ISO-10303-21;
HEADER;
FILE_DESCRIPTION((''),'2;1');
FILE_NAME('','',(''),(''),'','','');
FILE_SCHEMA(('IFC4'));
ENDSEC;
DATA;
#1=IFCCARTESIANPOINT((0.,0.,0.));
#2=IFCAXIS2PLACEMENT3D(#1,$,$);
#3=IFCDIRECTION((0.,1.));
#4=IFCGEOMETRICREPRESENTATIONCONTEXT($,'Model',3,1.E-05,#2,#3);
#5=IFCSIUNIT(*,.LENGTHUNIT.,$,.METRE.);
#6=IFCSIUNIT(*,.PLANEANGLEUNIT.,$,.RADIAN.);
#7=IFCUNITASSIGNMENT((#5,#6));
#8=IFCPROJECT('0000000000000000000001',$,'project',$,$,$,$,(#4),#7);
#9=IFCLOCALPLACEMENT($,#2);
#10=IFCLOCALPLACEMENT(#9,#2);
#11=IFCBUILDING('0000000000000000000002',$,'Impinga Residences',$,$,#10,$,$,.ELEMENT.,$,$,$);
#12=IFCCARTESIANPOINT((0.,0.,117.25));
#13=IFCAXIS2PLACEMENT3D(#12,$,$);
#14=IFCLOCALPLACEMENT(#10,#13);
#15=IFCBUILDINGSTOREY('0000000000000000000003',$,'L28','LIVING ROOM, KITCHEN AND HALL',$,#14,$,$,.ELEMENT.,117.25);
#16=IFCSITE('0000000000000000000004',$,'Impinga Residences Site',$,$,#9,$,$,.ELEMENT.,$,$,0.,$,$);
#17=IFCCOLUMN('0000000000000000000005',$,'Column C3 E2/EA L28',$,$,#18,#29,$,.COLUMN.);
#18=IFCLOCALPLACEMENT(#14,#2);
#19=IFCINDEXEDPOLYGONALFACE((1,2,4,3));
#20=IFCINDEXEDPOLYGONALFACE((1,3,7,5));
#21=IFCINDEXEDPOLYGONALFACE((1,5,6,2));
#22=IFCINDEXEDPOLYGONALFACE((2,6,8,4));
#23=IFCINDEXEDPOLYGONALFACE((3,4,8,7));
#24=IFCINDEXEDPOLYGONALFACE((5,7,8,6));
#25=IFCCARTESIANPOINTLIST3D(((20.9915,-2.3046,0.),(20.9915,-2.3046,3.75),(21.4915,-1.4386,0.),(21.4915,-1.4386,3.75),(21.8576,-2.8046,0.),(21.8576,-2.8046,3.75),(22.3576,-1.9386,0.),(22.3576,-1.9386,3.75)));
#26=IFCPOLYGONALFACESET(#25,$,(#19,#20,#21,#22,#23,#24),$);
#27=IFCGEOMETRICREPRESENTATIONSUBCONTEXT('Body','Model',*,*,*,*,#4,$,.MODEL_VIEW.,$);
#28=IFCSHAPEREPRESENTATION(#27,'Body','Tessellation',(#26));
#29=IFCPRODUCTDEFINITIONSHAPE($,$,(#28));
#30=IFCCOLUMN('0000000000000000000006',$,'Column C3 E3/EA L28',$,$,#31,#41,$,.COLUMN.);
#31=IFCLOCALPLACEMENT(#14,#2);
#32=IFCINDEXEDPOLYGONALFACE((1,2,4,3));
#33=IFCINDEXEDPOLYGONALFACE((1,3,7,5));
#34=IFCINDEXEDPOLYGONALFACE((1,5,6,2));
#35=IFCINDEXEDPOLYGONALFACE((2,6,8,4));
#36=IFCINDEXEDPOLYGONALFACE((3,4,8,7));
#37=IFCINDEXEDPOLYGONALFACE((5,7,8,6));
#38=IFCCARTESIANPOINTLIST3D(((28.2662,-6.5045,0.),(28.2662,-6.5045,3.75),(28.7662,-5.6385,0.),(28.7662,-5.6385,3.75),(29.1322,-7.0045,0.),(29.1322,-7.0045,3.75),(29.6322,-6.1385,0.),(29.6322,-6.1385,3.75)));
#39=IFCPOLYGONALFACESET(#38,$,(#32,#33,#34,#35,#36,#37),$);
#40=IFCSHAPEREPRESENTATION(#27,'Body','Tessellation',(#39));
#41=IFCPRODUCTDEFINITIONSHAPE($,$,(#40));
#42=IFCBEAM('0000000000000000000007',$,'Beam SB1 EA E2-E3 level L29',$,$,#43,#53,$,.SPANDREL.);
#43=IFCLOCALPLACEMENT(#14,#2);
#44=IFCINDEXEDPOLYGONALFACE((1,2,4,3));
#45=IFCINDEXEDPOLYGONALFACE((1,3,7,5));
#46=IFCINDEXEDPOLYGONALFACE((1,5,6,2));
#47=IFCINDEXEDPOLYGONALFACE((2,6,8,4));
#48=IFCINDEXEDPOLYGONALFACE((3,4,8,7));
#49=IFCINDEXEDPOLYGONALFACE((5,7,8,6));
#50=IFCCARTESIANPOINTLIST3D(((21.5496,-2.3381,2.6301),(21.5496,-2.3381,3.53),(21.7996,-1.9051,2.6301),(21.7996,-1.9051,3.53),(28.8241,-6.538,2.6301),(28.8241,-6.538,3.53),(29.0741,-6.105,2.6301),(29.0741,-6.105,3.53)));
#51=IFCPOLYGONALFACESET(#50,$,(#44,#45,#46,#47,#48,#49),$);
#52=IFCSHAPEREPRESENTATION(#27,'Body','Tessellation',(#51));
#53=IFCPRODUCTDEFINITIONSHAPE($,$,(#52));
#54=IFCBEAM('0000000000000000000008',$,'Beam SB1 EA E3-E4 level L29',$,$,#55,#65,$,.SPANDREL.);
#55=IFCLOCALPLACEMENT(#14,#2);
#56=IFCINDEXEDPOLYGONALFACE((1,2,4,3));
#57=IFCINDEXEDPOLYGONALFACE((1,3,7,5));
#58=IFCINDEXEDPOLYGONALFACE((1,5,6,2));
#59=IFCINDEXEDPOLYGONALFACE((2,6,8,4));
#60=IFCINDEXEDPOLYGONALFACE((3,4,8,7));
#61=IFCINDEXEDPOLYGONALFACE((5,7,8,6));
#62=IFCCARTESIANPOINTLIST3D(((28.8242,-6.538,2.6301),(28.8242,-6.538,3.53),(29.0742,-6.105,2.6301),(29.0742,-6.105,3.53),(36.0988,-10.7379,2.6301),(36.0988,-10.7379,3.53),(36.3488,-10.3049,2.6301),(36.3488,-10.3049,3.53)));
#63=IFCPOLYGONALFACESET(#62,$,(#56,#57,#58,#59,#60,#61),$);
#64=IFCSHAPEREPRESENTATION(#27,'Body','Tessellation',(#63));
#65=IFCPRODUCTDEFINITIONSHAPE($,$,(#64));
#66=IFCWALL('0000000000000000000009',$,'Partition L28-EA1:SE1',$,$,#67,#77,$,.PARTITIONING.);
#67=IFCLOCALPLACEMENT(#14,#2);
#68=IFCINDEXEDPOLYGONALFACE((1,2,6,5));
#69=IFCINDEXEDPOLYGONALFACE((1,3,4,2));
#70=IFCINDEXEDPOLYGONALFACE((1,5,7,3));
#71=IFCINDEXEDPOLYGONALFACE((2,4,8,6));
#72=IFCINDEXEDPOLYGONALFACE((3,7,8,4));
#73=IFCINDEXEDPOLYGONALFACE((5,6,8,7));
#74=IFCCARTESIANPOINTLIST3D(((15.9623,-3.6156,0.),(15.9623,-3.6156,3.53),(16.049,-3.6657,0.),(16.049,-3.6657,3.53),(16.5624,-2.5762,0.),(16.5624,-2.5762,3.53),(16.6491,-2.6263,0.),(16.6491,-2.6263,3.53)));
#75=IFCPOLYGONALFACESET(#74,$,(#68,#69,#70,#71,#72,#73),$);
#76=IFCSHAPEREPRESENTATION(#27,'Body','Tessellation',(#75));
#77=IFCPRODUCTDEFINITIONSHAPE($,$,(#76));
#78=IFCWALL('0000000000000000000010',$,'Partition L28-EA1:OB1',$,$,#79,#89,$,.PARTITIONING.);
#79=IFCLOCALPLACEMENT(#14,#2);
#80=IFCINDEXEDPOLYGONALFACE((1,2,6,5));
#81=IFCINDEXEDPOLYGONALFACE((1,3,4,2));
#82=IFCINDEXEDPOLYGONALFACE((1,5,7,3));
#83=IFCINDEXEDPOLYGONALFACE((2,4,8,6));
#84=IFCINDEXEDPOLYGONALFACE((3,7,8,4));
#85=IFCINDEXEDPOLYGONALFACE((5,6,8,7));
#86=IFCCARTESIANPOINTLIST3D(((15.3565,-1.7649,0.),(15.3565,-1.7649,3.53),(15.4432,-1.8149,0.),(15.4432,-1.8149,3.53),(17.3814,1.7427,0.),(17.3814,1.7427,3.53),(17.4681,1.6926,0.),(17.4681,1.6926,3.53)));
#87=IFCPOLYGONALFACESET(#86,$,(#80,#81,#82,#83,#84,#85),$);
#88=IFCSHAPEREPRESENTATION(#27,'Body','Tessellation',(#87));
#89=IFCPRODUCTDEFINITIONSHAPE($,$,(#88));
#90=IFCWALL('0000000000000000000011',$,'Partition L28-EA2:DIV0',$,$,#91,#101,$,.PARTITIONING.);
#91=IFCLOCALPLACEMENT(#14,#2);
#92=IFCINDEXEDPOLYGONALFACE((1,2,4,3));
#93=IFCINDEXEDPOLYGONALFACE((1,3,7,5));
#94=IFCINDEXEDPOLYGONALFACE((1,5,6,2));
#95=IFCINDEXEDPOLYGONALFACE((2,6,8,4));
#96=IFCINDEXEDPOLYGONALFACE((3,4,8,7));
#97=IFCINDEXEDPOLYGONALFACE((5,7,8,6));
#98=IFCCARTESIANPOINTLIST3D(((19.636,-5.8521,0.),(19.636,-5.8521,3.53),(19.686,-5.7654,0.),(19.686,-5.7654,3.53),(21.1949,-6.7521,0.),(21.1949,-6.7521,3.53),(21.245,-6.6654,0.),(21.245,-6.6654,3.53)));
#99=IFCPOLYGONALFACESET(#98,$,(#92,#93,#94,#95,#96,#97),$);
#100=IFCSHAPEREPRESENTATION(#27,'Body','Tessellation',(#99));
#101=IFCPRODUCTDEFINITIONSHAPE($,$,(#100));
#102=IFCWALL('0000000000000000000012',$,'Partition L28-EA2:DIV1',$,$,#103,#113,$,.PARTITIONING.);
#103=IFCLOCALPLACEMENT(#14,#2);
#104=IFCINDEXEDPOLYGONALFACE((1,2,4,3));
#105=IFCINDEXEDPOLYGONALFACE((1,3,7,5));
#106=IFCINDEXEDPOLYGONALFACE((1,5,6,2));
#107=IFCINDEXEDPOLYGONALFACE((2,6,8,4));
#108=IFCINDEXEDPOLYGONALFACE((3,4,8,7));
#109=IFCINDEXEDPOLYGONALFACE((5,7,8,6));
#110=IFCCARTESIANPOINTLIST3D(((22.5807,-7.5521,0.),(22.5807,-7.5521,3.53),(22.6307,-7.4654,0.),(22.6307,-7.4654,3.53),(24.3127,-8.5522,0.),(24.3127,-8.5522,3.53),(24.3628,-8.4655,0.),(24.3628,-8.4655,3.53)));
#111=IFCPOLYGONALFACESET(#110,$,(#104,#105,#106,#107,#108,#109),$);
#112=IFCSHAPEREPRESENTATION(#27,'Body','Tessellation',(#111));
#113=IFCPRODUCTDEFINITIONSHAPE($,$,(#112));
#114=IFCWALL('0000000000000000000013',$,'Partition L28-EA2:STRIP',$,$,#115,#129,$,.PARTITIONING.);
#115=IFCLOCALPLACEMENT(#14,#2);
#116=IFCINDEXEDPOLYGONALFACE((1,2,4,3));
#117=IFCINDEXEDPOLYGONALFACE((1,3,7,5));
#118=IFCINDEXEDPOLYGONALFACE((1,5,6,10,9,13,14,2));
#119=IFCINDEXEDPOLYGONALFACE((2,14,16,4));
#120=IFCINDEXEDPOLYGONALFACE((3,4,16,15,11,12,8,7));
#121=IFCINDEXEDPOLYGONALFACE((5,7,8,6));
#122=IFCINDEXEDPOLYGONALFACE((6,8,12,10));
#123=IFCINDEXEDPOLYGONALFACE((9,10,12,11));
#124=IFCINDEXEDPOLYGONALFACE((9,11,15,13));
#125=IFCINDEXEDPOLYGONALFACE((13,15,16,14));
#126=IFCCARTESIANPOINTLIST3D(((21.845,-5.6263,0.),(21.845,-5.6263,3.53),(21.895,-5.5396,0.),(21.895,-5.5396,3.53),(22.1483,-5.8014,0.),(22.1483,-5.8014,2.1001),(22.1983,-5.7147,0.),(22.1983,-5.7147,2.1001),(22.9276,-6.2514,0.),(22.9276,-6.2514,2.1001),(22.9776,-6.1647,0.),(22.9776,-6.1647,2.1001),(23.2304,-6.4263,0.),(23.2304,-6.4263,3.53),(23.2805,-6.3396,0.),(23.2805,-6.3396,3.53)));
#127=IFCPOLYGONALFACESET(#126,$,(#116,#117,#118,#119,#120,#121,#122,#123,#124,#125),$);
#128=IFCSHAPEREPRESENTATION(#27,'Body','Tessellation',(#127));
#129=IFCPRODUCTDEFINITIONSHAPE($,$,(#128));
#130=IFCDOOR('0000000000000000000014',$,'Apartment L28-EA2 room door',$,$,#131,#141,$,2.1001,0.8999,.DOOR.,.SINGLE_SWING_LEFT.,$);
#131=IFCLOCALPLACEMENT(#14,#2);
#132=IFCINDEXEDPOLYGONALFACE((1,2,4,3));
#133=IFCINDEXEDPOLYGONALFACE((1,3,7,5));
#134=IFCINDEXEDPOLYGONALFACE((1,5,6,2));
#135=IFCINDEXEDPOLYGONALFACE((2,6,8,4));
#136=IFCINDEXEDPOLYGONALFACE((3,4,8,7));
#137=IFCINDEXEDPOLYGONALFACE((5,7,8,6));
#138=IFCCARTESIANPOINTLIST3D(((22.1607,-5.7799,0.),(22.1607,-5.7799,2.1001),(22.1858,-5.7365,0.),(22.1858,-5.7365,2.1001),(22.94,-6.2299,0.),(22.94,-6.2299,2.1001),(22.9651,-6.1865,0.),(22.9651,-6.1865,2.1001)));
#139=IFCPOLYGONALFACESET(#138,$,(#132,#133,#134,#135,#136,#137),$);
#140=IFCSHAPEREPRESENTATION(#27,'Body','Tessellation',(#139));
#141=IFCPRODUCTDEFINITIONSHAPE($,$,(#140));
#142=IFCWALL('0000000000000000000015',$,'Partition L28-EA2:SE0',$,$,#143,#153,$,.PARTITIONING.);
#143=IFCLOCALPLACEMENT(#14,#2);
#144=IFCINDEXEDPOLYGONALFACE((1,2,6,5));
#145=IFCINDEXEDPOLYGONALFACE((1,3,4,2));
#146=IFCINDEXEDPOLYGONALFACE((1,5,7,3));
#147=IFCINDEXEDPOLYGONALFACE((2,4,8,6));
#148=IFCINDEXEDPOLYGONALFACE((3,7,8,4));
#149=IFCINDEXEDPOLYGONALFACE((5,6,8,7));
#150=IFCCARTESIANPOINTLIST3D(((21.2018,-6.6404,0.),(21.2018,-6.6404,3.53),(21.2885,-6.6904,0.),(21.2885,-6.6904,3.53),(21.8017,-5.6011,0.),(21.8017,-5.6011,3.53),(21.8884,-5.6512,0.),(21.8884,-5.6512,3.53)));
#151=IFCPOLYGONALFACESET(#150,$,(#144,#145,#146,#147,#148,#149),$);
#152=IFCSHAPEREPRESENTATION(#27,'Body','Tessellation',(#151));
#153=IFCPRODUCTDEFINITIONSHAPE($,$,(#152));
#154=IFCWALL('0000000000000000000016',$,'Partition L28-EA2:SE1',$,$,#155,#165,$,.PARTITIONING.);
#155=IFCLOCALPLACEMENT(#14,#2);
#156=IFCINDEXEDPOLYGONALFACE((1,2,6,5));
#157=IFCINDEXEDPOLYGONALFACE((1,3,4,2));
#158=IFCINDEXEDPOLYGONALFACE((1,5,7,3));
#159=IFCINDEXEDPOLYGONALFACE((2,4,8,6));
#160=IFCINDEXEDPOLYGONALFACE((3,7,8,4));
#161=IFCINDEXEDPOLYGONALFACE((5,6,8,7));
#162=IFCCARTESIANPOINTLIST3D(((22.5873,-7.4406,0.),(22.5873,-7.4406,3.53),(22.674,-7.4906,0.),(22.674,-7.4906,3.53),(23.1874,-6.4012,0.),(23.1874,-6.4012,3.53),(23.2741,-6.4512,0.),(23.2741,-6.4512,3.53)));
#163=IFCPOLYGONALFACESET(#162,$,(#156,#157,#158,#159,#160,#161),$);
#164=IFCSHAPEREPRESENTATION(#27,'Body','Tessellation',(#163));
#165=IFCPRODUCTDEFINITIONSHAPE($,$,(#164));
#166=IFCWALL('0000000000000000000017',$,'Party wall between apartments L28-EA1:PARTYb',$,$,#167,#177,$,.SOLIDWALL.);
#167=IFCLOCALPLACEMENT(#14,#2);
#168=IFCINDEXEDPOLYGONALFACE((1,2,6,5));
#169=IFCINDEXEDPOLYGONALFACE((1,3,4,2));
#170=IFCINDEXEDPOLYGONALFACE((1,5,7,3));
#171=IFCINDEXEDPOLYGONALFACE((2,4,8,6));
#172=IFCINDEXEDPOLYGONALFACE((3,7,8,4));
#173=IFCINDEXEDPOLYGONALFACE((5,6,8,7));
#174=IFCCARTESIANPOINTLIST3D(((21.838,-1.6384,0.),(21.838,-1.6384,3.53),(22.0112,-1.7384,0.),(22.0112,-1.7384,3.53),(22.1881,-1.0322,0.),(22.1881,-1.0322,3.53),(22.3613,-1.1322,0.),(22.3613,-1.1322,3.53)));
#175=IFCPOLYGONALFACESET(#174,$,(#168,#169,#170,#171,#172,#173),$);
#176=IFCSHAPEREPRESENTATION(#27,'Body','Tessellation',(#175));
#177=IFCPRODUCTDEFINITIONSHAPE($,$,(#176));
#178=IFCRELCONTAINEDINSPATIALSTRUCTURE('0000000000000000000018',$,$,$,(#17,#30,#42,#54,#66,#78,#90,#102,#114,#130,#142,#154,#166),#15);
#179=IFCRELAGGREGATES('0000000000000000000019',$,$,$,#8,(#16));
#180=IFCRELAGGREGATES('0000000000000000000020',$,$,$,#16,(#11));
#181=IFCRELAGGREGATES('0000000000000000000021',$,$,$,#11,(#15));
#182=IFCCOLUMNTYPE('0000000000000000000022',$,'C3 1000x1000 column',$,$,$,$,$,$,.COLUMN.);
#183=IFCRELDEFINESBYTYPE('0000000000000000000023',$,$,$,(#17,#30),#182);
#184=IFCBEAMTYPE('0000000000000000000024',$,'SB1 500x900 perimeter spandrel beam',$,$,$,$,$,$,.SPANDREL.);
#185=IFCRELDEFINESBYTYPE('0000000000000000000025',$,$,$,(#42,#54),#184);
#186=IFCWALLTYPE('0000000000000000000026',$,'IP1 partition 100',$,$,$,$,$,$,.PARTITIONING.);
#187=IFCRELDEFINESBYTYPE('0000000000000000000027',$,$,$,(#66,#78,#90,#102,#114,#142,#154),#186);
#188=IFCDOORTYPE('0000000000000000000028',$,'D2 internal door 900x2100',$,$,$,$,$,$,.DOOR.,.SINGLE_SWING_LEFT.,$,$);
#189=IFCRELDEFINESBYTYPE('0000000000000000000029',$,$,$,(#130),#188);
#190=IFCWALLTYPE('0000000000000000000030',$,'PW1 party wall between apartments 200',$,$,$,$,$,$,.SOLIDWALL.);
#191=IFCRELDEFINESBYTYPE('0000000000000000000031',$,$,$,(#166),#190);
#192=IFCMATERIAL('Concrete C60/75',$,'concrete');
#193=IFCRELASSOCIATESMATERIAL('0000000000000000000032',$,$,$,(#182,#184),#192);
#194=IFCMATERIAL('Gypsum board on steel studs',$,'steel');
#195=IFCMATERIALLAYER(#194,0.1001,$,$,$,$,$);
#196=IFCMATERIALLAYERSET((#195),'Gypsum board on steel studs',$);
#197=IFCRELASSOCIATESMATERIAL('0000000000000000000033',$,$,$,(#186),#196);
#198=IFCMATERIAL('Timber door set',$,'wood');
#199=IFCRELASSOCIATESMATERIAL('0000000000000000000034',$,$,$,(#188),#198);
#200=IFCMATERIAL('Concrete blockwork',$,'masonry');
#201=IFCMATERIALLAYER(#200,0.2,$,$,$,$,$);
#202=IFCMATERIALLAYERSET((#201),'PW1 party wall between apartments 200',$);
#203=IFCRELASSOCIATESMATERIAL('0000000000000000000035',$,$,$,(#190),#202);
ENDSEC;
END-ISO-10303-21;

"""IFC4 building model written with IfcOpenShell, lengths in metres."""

from ifc_helpers import new_model, si_unit, direction, frame, frame_2d, origin, origin_2d, place, context, subcontext, project, spatial, rectangle, extrude, material, layer, layer_set, material_profile, profile_set, type_object, element, fill, save


model = new_model("IFC4")

# Units and contexts
model_context = context("Model", 3, precision=1e-05, world=origin(), true_north=direction((0.0, 1.0)))
body_context = subcontext(model_context, "Body", "Model", "MODEL_VIEW")
ifc_project = project(units=[si_unit("LENGTHUNIT", "METRE"), si_unit("PLANEANGLEUNIT", "RADIAN")], contexts=[model_context])

# Site, building, storey
site_placement = place(None, origin())
site = spatial("IfcSite", under=ifc_project, at=site_placement, Name="Impinga Residences Site", CompositionType="ELEMENT", RefElevation=0.0)
building_placement = place(site_placement, origin())
building = spatial("IfcBuilding", under=site, at=building_placement, Name="Impinga Residences", CompositionType="ELEMENT")
storey_placement = place(building_placement, frame((0.0, 0.0, 117.25)))
storey = spatial("IfcBuildingStorey", under=building, at=storey_placement, Name="L28", Description="LIVING ROOM, KITCHEN AND HALL", CompositionType="ELEMENT", Elevation=117.25)

# Columns
ifc_material_1 = material(Name="Concrete C60/75", Category="concrete")
ifc_material_profile_1 = material_profile(ifc_material_1, rectangle(XDim=1.0, YDim=1.0, at=origin_2d()), Name="RC 1000x1000")
ifc_profile_set_1 = profile_set([ifc_material_profile_1], Name="Concrete C60/75")
column_type = type_object("IfcColumnType", Name="C3 1000x1000 column", PredefinedType="COLUMN", material=ifc_profile_set_1)
for number, where, z_axis, x_axis, name in (
    (1, (21.6746, -2.1216, 0.0), (0.0, 0.0, 1.0), (-0.5, -0.866025, 0.0), "Column C3 E2/EA L28"),
    (2, (28.9492, -6.3215, 0.0), (0.0, 0.0, 1.0), (-0.5, -0.866025, 0.0), "Column C3 E3/EA L28"),
):
    element("IfcColumn", number, at=place(storey_placement, frame(where, z_axis=z_axis, x_axis=x_axis)), inside=storey, type_object=column_type, Name=name, PredefinedType="COLUMN", context=body_context, shape_type="SweptSolid", body=[
        extrude(rectangle(XDim=1.0, YDim=1.0, at=origin_2d()), origin(), (0.0, 0.0, 1.0), 3.75),
    ])

# Beams
ifc_material_profile_2 = material_profile(ifc_material_1, rectangle(XDim=0.5, YDim=0.8999, at=origin_2d()), Name="RC 500x900")
ifc_profile_set_2 = profile_set([ifc_material_profile_2], Name="Concrete C60/75")
beam_type = type_object("IfcBeamType", Name="SB1 500x900 perimeter spandrel beam", PredefinedType="SPANDREL", material=ifc_profile_set_2)
for number, where, z_axis, x_axis, name in (
    (3, (21.6746, -2.1216, 3.0801), (0.866029, -0.499993, 0.0), (0.499993, 0.866029, 0.0), "Beam SB1 EA E2-E3 level L29"),
    (4, (28.9492, -6.3215, 3.0801), (0.866029, -0.499993, 0.0), (0.499993, 0.866029, 0.0), "Beam SB1 EA E3-E4 level L29"),
):
    element("IfcBeam", number, at=place(storey_placement, frame(where, z_axis=z_axis, x_axis=x_axis)), inside=storey, type_object=beam_type, Name=name, PredefinedType="SPANDREL", context=body_context, shape_type="SweptSolid", body=[
        extrude(rectangle(XDim=0.5, YDim=0.8999, at=origin_2d()), origin(), (0.0, 0.0, 1.0), 8.3999),
    ])

# Walls
ifc_material_2 = material(Name="Gypsum board on steel studs", Category="steel")
ifc_layer_1 = layer(ifc_material_2, 0.1001)
ifc_layer_set_1 = layer_set([ifc_layer_1], Name="Gypsum board on steel studs")
wall_type_1 = type_object("IfcWallType", Name="IP1 partition 100", PredefinedType="PARTITIONING", material=ifc_layer_set_1)
wall_1_placement = place(storey_placement, frame((16.0056, -3.6406, 0.0), z_axis=(0.0, 0.0, 1.0), x_axis=(0.500034, 0.866006, 0.0)))
element("IfcWall", 5, at=wall_1_placement, inside=storey, type_object=wall_type_1, Name="Partition L28-EA1:SE1", PredefinedType="PARTITIONING", context=body_context, shape_type="SweptSolid", body=[
    extrude(rectangle(XDim=1.2002, YDim=0.1001, at=frame_2d((0.6001, 0.0))), origin(), (0.0, 0.0, 1.0), 3.53),
])
wall_2_placement = place(storey_placement, frame((15.3999, -1.7898, 0.0), z_axis=(0.0, 0.0, 1.0), x_axis=(0.499964, 0.866046, 0.0)))
element("IfcWall", 6, at=wall_2_placement, inside=storey, type_object=wall_type_1, Name="Partition L28-EA1:OB1", PredefinedType="PARTITIONING", context=body_context, shape_type="SweptSolid", body=[
    extrude(rectangle(XDim=4.05, YDim=0.1001, at=frame_2d((2.0249, 0.0))), origin(), (0.0, 0.0, 1.0), 3.53),
])
wall_3_placement = place(storey_placement, frame((19.6611, -5.8088, 0.0), z_axis=(0.0, 0.0, 1.0), x_axis=(0.866048, -0.499961, 0.0)))
element("IfcWall", 7, at=wall_3_placement, inside=storey, type_object=wall_type_1, Name="Partition L28-EA2:DIV0", PredefinedType="PARTITIONING", context=body_context, shape_type="SweptSolid", body=[
    extrude(rectangle(XDim=1.8, YDim=0.1001, at=frame_2d((0.8999, 0.0))), origin(), (0.0, 0.0, 1.0), 3.53),
])
wall_4_placement = place(storey_placement, frame((22.6057, -7.5088, 0.0), z_axis=(0.0, 0.0, 1.0), x_axis=(0.866011, -0.500025, 0.0)))
element("IfcWall", 8, at=wall_4_placement, inside=storey, type_object=wall_type_1, Name="Partition L28-EA2:DIV1", PredefinedType="PARTITIONING", context=body_context, shape_type="SweptSolid", body=[
    extrude(rectangle(XDim=2.0, YDim=0.1001, at=frame_2d((1.0, 0.0))), origin(), (0.0, 0.0, 1.0), 3.53),
])

# Wall, opening, door
wall_5_placement = place(storey_placement, frame((21.8701, -5.583, 0.0), z_axis=(0.0, 0.0, 1.0), x_axis=(0.86599, -0.500061, 0.0)))
wall_5 = element("IfcWall", 9, at=wall_5_placement, inside=storey, type_object=wall_type_1, Name="Partition L28-EA2:STRIP", PredefinedType="PARTITIONING", context=body_context, shape_type="SweptSolid", body=[
    extrude(rectangle(XDim=1.5999, YDim=0.1001, at=frame_2d((0.7998, 0.0))), origin(), (0.0, 0.0, 1.0), 3.53),
])
opening_placement = place(wall_5_placement, frame((0.3501, 0.0, 0.0)))
opening = element("IfcOpeningElement", 10, at=opening_placement, cuts=wall_5, PredefinedType="OPENING", context=body_context, shape_type="SweptSolid", body=[
    extrude(rectangle(XDim=0.8999, YDim=2.1001, at=frame_2d((0.45, 1.05))), frame((0.0, 0.0601, 0.0), z_axis=(0.0, -1.0, 0.0), x_axis=(1.0, 0.0, 0.0)), (0.0, 0.0, 1.0), 0.1201),
])
ifc_material_3 = material(Name="Timber door set", Category="wood")
door_type = type_object("IfcDoorType", Name="D2 internal door 900x2100", OperationType="SINGLE_SWING_LEFT", PredefinedType="DOOR", material=ifc_material_3)
door_placement = place(opening_placement, origin())
door = element("IfcDoor", 11, at=door_placement, inside=storey, type_object=door_type, Name="Apartment L28-EA2 room door", OperationType="SINGLE_SWING_LEFT", OverallHeight=2.1001, OverallWidth=0.8999, PredefinedType="DOOR", context=body_context, shape_type="SweptSolid", body=[
    extrude(rectangle(XDim=0.8999, YDim=2.1001, at=frame_2d((0.45, 1.05))), frame((0.0, 0.0249, 0.0), z_axis=(0.0, -1.0, 0.0), x_axis=(1.0, 0.0, 0.0)), (0.0, 0.0, 1.0), 0.05),
])
fill(opening, door)

# Walls
wall_6_placement = place(storey_placement, frame((21.2451, -6.6655, 0.0), z_axis=(0.0, 0.0, 1.0), x_axis=(0.499881, 0.866094, 0.0)))
element("IfcWall", 12, at=wall_6_placement, inside=storey, type_object=wall_type_1, Name="Partition L28-EA2:SE0", PredefinedType="PARTITIONING", context=body_context, shape_type="SweptSolid", body=[
    extrude(rectangle(XDim=1.2, YDim=0.1001, at=frame_2d((0.6001, 0.0))), origin(), (0.0, 0.0, 1.0), 3.53),
])
wall_7_placement = place(storey_placement, frame((22.6306, -7.4656, 0.0), z_axis=(0.0, 0.0, 1.0), x_axis=(0.500034, 0.866006, 0.0)))
element("IfcWall", 13, at=wall_7_placement, inside=storey, type_object=wall_type_1, Name="Partition L28-EA2:SE1", PredefinedType="PARTITIONING", context=body_context, shape_type="SweptSolid", body=[
    extrude(rectangle(XDim=1.2002, YDim=0.1001, at=frame_2d((0.6001, 0.0))), origin(), (0.0, 0.0, 1.0), 3.53),
])
ifc_material_4 = material(Name="Concrete blockwork", Category="masonry")
ifc_layer_2 = layer(ifc_material_4, 0.2)
ifc_layer_set_2 = layer_set([ifc_layer_2], Name="PW1 party wall between apartments 200")
wall_type_2 = type_object("IfcWallType", Name="PW1 party wall between apartments 200", PredefinedType="SOLIDWALL", material=ifc_layer_set_2)
wall_8_placement = place(storey_placement, frame((21.9246, -1.6885, 0.0), z_axis=(0.0, 0.0, 1.0), x_axis=(0.500115, 0.865959, 0.0)))
element("IfcWall", 14, at=wall_8_placement, inside=storey, type_object=wall_type_2, Name="Party wall between apartments L28-EA1:PARTYb", PredefinedType="SOLIDWALL", context=body_context, shape_type="SweptSolid", body=[
    extrude(rectangle(XDim=0.7, YDim=0.2, at=frame_2d((0.3501, 0.0))), origin(), (0.0, 0.0, 1.0), 3.53),
])

save(model, "model.ifc")
